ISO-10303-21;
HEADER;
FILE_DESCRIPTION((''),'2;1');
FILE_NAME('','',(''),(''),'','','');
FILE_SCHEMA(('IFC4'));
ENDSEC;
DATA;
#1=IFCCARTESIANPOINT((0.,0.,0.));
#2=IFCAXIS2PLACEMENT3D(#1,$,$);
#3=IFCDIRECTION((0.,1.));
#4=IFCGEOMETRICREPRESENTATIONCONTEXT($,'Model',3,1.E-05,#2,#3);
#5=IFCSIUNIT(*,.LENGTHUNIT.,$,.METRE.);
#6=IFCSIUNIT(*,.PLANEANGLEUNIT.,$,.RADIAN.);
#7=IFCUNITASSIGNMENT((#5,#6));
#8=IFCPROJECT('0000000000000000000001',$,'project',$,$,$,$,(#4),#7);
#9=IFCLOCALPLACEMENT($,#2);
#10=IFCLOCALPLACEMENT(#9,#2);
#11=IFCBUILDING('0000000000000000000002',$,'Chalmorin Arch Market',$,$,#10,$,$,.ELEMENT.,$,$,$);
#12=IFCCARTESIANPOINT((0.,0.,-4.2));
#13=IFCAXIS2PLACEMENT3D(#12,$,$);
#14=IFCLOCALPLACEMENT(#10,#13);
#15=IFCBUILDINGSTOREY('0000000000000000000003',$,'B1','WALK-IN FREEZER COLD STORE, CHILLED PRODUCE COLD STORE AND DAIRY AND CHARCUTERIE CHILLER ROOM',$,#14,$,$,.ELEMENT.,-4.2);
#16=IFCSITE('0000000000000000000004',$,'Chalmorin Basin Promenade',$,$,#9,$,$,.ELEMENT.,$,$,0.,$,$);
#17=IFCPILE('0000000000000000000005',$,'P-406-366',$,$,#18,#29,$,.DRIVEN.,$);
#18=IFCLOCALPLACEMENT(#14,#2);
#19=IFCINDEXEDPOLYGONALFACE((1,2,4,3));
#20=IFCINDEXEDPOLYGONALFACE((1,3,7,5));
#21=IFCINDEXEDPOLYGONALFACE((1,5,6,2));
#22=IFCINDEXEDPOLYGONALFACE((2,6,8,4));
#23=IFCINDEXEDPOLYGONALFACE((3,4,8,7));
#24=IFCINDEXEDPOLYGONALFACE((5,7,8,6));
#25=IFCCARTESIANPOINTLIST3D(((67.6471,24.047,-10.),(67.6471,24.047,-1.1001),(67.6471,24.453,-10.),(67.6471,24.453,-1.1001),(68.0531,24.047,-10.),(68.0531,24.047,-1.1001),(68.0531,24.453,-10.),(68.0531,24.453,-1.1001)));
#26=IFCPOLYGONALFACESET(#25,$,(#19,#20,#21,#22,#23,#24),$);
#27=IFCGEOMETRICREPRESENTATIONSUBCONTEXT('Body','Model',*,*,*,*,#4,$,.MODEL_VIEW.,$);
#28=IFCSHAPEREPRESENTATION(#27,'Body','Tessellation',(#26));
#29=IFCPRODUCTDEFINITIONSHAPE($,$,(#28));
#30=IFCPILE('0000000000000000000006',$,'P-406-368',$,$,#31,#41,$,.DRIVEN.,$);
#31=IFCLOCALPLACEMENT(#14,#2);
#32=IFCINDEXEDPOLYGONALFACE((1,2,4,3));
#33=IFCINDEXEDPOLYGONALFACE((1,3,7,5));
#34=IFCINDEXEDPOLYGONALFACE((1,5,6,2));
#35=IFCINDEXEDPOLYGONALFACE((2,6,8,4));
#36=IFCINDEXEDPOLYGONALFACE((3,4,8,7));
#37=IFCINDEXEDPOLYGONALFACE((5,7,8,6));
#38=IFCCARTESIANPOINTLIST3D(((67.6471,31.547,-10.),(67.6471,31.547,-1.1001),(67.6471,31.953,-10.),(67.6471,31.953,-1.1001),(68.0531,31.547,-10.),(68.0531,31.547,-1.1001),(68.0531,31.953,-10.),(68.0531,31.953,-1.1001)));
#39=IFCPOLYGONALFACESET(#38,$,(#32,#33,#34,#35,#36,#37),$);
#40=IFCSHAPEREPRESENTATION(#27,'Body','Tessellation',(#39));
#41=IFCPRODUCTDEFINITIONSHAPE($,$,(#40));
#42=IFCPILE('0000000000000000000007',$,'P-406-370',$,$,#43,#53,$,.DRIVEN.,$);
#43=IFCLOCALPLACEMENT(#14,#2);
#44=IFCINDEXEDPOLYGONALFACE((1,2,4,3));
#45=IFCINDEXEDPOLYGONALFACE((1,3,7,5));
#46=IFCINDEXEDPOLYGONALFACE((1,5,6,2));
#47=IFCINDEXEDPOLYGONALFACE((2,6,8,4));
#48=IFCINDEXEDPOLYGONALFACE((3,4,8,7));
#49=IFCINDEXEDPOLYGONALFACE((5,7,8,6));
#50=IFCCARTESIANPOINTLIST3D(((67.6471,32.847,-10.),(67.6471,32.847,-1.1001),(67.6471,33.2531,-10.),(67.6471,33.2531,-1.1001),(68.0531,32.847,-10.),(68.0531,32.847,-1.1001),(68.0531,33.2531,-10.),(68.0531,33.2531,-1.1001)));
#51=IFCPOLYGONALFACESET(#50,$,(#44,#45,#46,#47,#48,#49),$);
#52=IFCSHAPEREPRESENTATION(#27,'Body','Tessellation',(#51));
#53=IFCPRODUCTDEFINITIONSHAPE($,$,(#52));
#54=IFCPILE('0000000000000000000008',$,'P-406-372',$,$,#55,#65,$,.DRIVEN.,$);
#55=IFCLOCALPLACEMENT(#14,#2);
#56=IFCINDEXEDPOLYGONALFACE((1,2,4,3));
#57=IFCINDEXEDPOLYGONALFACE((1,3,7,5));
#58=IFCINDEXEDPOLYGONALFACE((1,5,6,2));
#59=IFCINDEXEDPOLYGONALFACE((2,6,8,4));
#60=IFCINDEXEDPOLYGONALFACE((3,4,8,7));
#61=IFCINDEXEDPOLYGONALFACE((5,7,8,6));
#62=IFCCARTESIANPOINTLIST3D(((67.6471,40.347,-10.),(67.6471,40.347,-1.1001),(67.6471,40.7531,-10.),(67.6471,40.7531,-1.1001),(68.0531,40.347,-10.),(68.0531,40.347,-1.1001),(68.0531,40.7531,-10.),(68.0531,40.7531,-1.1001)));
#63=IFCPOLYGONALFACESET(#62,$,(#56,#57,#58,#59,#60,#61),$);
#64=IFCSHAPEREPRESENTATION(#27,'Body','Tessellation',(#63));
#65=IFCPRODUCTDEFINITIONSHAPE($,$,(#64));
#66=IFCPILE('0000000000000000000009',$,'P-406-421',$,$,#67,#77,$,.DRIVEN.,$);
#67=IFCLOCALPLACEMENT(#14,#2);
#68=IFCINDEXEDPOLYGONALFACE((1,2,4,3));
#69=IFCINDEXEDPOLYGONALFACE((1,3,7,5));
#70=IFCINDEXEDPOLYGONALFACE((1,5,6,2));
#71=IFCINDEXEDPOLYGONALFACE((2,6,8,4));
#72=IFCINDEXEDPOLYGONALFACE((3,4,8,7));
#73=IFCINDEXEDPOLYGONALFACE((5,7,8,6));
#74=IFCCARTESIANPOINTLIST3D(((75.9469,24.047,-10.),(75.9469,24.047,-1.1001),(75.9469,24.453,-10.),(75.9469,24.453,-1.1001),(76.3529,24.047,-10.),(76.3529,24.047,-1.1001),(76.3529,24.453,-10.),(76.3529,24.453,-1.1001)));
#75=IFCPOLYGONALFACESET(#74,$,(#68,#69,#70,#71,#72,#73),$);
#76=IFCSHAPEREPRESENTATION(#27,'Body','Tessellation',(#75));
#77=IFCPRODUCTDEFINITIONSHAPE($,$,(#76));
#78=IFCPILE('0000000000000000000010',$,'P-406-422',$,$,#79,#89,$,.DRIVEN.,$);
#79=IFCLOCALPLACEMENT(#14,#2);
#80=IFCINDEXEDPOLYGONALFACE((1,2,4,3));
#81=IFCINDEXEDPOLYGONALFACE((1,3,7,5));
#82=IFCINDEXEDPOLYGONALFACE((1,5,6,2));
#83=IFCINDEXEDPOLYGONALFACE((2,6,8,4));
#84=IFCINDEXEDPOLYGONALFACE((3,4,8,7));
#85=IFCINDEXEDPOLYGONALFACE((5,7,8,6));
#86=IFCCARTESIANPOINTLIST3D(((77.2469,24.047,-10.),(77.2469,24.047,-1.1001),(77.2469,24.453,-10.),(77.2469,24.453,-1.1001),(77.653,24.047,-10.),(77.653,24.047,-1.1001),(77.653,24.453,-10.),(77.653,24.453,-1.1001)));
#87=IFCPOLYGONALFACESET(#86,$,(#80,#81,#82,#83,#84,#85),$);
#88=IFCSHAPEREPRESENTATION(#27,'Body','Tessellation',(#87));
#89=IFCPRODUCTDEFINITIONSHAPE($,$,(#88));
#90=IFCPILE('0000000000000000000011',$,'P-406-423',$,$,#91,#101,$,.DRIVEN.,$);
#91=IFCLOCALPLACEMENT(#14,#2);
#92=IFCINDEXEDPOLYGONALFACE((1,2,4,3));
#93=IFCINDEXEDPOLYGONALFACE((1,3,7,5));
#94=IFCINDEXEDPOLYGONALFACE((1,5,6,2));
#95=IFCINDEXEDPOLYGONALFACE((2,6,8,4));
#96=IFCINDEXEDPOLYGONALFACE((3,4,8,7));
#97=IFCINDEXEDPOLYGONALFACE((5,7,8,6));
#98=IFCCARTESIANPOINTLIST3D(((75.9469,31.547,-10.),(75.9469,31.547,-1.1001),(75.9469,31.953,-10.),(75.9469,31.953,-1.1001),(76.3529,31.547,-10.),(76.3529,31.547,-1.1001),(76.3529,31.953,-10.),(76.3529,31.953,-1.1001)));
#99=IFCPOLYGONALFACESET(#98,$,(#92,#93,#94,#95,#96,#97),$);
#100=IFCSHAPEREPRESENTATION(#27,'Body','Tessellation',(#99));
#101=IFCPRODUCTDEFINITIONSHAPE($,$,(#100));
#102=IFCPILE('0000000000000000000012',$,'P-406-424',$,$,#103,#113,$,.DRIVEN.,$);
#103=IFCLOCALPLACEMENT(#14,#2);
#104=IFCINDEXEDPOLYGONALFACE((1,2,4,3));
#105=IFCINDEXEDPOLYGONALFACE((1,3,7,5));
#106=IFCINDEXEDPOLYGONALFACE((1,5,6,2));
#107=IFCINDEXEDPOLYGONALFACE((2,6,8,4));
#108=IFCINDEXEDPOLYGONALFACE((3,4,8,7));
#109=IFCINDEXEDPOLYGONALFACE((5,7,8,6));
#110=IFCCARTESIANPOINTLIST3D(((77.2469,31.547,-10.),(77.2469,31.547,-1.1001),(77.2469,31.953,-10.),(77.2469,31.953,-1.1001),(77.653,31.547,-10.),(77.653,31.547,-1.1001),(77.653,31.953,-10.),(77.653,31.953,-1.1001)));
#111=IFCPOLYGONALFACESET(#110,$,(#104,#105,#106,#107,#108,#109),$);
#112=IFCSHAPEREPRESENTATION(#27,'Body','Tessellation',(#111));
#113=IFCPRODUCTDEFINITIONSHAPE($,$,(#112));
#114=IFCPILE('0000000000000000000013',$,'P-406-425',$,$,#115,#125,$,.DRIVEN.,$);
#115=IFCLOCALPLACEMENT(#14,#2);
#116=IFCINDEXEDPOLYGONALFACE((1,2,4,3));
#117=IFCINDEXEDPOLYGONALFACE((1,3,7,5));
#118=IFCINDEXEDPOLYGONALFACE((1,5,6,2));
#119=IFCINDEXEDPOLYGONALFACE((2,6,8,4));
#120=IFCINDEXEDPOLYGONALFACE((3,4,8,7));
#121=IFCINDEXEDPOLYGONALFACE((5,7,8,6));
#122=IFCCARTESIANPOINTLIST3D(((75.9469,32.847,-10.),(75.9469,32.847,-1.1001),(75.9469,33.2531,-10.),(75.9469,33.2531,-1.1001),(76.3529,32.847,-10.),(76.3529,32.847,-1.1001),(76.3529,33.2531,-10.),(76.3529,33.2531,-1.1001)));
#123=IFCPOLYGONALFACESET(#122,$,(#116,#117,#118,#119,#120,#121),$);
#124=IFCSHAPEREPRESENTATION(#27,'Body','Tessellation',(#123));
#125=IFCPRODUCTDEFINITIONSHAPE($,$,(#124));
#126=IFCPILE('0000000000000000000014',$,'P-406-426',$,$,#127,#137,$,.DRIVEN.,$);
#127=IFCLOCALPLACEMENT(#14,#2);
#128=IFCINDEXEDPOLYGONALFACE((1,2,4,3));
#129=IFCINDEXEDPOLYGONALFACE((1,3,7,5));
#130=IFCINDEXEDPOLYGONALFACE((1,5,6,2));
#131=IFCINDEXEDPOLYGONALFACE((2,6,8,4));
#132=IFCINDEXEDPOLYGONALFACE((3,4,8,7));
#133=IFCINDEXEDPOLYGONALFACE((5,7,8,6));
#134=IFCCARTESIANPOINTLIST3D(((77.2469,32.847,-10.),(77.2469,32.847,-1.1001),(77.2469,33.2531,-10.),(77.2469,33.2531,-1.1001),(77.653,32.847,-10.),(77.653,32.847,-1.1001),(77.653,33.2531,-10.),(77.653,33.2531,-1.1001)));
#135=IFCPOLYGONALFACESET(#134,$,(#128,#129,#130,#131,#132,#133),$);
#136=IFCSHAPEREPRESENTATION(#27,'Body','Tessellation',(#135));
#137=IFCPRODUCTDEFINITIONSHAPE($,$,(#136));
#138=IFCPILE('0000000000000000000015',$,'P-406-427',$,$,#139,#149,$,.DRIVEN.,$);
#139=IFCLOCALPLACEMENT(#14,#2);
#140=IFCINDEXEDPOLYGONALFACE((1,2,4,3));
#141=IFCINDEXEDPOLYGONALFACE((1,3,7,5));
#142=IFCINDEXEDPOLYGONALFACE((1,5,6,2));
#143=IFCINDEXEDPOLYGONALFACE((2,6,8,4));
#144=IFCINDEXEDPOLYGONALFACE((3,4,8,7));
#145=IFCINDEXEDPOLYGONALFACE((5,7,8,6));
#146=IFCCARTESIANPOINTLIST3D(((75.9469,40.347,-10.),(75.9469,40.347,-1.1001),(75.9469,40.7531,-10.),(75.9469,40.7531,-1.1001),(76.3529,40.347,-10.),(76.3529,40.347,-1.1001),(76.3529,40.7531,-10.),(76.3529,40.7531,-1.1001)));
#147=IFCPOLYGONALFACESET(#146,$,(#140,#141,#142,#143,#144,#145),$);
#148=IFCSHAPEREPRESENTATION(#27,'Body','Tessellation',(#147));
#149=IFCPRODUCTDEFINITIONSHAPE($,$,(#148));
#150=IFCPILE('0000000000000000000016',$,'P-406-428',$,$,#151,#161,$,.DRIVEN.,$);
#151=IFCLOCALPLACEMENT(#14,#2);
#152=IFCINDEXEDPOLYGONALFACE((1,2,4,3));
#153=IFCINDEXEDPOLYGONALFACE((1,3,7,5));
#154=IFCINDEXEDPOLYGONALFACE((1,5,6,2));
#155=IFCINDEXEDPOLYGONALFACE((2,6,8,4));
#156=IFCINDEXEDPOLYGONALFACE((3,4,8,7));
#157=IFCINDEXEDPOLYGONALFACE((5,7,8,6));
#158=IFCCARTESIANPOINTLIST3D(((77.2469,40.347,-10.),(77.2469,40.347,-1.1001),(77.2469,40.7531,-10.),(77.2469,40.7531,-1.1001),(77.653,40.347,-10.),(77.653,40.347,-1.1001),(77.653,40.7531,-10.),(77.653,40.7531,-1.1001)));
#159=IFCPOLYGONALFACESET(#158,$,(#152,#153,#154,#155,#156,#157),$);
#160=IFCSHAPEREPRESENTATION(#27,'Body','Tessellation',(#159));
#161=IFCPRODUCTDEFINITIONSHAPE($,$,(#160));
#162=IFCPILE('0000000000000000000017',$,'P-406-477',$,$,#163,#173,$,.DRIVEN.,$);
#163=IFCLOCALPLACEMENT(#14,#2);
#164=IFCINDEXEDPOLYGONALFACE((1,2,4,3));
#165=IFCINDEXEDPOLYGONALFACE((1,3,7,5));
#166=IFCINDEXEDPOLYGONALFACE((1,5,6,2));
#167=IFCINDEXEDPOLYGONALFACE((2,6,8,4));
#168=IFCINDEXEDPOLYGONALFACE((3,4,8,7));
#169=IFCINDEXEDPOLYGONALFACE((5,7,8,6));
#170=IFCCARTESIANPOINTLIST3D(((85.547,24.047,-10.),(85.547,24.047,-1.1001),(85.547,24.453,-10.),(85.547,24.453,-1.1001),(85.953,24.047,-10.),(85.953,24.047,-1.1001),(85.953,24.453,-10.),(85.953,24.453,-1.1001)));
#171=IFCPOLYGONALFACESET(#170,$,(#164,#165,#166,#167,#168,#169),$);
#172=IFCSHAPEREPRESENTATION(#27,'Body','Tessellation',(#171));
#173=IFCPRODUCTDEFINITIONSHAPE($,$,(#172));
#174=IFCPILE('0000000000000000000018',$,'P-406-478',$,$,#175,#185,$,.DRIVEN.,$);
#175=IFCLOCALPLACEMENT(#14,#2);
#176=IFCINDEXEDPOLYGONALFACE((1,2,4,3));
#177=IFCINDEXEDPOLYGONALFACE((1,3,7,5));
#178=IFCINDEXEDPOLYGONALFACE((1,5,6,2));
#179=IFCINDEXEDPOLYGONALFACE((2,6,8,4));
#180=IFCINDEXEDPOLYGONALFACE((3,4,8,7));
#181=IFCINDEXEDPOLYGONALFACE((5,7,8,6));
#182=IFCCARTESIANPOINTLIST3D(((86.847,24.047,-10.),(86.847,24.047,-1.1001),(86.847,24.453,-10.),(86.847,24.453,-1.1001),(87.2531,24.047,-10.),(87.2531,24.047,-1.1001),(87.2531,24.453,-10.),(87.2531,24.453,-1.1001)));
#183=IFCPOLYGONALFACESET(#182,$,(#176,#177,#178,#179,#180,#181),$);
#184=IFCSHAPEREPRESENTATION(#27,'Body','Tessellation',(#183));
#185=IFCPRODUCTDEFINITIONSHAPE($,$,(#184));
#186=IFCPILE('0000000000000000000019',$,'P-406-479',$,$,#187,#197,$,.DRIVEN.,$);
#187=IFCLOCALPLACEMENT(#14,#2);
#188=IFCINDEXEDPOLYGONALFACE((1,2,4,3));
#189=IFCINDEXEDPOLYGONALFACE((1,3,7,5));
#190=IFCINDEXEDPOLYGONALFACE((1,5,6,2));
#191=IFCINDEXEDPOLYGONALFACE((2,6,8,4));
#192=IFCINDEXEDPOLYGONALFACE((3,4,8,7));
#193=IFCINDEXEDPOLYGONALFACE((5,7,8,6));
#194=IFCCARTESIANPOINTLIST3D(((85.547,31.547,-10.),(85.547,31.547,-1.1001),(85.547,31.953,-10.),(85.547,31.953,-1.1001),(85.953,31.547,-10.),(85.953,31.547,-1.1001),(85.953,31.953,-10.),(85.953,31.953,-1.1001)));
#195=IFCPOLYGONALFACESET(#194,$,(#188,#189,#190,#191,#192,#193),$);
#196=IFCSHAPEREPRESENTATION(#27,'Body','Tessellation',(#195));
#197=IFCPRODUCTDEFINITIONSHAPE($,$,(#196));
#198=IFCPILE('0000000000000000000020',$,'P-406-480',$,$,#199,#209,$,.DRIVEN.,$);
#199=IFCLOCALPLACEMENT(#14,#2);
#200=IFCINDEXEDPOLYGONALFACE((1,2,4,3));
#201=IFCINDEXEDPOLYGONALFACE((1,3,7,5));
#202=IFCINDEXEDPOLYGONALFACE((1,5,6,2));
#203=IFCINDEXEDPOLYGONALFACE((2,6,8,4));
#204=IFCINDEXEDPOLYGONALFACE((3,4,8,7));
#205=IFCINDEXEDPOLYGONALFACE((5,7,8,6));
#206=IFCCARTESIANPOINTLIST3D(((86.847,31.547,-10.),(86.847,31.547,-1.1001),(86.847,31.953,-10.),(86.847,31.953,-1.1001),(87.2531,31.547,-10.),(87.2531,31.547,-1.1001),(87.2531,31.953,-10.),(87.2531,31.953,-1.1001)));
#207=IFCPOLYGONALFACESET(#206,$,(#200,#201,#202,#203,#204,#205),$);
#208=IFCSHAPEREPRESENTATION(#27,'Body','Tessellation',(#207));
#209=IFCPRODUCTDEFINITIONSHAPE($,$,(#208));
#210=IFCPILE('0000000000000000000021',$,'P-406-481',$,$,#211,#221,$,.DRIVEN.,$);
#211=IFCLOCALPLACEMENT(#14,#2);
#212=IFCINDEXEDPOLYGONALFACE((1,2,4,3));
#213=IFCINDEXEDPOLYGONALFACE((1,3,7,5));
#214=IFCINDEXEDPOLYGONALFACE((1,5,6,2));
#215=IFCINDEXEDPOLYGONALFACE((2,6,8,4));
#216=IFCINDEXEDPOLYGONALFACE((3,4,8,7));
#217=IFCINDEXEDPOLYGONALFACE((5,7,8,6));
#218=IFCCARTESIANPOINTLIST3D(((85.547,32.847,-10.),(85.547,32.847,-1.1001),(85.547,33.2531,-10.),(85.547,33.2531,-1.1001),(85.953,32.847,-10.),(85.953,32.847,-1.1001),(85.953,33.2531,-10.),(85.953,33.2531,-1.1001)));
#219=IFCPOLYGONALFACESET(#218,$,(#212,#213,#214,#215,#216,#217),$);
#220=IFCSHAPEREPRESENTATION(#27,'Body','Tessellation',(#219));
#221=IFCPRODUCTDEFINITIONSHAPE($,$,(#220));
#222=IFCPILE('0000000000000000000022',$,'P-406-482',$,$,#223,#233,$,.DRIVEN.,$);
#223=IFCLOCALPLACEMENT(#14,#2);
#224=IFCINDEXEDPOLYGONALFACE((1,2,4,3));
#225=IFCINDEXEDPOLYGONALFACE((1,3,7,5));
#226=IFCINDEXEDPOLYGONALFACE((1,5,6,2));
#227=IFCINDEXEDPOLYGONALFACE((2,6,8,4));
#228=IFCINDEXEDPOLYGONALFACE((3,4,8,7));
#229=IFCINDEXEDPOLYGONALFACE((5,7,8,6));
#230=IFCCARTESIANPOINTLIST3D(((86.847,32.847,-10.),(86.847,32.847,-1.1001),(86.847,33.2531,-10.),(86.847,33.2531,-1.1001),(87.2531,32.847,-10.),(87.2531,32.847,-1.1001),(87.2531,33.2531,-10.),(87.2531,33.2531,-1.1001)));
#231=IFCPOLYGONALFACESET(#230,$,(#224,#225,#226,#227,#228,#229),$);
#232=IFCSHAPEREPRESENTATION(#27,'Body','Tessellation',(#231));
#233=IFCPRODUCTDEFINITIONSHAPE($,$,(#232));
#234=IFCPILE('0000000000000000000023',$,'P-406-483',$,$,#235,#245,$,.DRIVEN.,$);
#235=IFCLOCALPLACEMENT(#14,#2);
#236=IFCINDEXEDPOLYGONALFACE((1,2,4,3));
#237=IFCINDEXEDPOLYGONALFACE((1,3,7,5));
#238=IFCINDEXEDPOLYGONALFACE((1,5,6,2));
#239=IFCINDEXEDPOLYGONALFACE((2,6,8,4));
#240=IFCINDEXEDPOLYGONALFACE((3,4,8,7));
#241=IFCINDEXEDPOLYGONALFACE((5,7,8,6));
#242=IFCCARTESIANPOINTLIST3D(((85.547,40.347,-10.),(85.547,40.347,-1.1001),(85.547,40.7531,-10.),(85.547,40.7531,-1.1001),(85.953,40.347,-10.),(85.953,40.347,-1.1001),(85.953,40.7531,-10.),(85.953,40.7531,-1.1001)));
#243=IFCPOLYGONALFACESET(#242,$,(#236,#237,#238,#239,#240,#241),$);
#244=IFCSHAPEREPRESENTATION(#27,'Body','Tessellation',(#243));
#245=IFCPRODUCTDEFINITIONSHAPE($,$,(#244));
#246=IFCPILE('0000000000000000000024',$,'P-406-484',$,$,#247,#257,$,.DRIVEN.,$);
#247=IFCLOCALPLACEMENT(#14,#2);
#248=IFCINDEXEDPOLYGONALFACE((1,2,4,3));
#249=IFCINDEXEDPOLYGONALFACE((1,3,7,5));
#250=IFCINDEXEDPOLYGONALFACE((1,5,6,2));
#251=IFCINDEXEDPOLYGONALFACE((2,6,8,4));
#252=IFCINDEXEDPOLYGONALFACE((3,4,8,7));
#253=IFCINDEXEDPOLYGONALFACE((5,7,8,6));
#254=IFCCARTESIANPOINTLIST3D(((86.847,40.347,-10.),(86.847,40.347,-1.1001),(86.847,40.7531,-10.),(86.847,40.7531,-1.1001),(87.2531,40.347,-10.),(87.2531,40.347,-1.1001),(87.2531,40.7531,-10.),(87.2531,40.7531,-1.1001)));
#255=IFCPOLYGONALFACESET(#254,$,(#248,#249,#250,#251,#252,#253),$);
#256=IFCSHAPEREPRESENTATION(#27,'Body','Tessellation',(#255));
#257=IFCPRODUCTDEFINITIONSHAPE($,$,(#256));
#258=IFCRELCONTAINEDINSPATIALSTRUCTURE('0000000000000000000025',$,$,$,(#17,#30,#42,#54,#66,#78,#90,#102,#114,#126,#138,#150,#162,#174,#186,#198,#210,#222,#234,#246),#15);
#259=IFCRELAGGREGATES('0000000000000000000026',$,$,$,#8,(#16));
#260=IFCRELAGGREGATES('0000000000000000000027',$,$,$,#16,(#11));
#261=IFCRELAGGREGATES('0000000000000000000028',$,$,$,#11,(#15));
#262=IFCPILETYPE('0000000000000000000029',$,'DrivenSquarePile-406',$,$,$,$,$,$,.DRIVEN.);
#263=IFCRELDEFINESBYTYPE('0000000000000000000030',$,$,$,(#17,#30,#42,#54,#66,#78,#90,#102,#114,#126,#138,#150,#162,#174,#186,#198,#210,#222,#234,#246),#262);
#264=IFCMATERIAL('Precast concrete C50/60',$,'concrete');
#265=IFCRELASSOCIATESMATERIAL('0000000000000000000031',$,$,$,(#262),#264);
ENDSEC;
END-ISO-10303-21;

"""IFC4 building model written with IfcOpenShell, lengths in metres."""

from ifc_helpers import new_model, si_unit, direction, frame, origin, origin_2d, place, context, subcontext, project, spatial, rectangle, extrude, material, material_profile, profile_set, type_object, element, save


model = new_model("IFC4")

# Units and contexts
model_context = context("Model", 3, precision=1e-05, world=origin(), true_north=direction((0.0, 1.0)))
body_context = subcontext(model_context, "Body", "Model", "MODEL_VIEW")
ifc_project = project(units=[si_unit("LENGTHUNIT", "METRE"), si_unit("PLANEANGLEUNIT", "RADIAN")], contexts=[model_context])

# Site, building, storey
site_placement = place(None, origin())
site = spatial("IfcSite", under=ifc_project, at=site_placement, Name="Chalmorin Basin Promenade", CompositionType="ELEMENT", RefElevation=0.0)
building_placement = place(site_placement, origin())
building = spatial("IfcBuilding", under=site, at=building_placement, Name="Chalmorin Arch Market", CompositionType="ELEMENT")
storey_placement = place(building_placement, frame((0.0, 0.0, -4.2)))
storey = spatial("IfcBuildingStorey", under=building, at=storey_placement, Name="B1", Description="WALK-IN FREEZER COLD STORE, CHILLED PRODUCE COLD STORE AND DAIRY AND CHARCUTERIE CHILLER ROOM", CompositionType="ELEMENT", Elevation=-4.2)

# Piles
ifc_material_1 = material(Name="Precast concrete C50/60", Category="concrete")
ifc_material_profile_1 = material_profile(ifc_material_1, rectangle(XDim=0.406, YDim=0.406, at=origin_2d()), Name="PPC406")
ifc_profile_set_1 = profile_set([ifc_material_profile_1], Name="Precast concrete C50/60")
pile_type = type_object("IfcPileType", Name="DrivenSquarePile-406", PredefinedType="DRIVEN", material=ifc_profile_set_1)
for number, where, z_axis, x_axis, name in (
    (1, (67.8501, 24.25, -1.1001), (0.0, 0.0, -1.0), (1.0, 0.0, 0.0), "P-406-366"),
    (2, (67.8501, 31.75, -1.1001), (0.0, 0.0, -1.0), (1.0, 0.0, 0.0), "P-406-368"),
    (3, (67.8501, 33.05, -1.1001), (0.0, 0.0, -1.0), (1.0, 0.0, 0.0), "P-406-370"),
    (4, (67.8501, 40.55, -1.1001), (0.0, 0.0, -1.0), (1.0, 0.0, 0.0), "P-406-372"),
    (5, (76.1499, 24.25, -1.1001), (0.0, 0.0, -1.0), (1.0, 0.0, 0.0), "P-406-421"),
    (6, (77.45, 24.25, -1.1001), (0.0, 0.0, -1.0), (1.0, 0.0, 0.0), "P-406-422"),
    (7, (76.1499, 31.75, -1.1001), (0.0, 0.0, -1.0), (1.0, 0.0, 0.0), "P-406-423"),
    (8, (77.45, 31.75, -1.1001), (0.0, 0.0, -1.0), (1.0, 0.0, 0.0), "P-406-424"),
    (9, (76.1499, 33.05, -1.1001), (0.0, 0.0, -1.0), (1.0, 0.0, 0.0), "P-406-425"),
    (10, (77.45, 33.05, -1.1001), (0.0, 0.0, -1.0), (1.0, 0.0, 0.0), "P-406-426"),
    (11, (76.1499, 40.55, -1.1001), (0.0, 0.0, -1.0), (1.0, 0.0, 0.0), "P-406-427"),
    (12, (77.45, 40.55, -1.1001), (0.0, 0.0, -1.0), (1.0, 0.0, 0.0), "P-406-428"),
    (13, (85.75, 24.25, -1.1001), (0.0, 0.0, -1.0), (1.0, 0.0, 0.0), "P-406-477"),
    (14, (87.05, 24.25, -1.1001), (0.0, 0.0, -1.0), (1.0, 0.0, 0.0), "P-406-478"),
    (15, (85.75, 31.75, -1.1001), (0.0, 0.0, -1.0), (1.0, 0.0, 0.0), "P-406-479"),
    (16, (87.05, 31.75, -1.1001), (0.0, 0.0, -1.0), (1.0, 0.0, 0.0), "P-406-480"),
    (17, (85.75, 33.05, -1.1001), (0.0, 0.0, -1.0), (1.0, 0.0, 0.0), "P-406-481"),
    (18, (87.05, 33.05, -1.1001), (0.0, 0.0, -1.0), (1.0, 0.0, 0.0), "P-406-482"),
    (19, (85.75, 40.55, -1.1001), (0.0, 0.0, -1.0), (1.0, 0.0, 0.0), "P-406-483"),
    (20, (87.05, 40.55, -1.1001), (0.0, 0.0, -1.0), (1.0, 0.0, 0.0), "P-406-484"),
):
    element("IfcPile", number, at=place(storey_placement, frame(where, z_axis=z_axis, x_axis=x_axis)), inside=storey, type_object=pile_type, Name=name, PredefinedType="DRIVEN", context=body_context, shape_type="SweptSolid", body=[
        extrude(rectangle(XDim=0.406, YDim=0.406, at=origin_2d()), origin(), (0.0, 0.0, 1.0), 8.8999),
    ])

save(model, "model.ifc")
